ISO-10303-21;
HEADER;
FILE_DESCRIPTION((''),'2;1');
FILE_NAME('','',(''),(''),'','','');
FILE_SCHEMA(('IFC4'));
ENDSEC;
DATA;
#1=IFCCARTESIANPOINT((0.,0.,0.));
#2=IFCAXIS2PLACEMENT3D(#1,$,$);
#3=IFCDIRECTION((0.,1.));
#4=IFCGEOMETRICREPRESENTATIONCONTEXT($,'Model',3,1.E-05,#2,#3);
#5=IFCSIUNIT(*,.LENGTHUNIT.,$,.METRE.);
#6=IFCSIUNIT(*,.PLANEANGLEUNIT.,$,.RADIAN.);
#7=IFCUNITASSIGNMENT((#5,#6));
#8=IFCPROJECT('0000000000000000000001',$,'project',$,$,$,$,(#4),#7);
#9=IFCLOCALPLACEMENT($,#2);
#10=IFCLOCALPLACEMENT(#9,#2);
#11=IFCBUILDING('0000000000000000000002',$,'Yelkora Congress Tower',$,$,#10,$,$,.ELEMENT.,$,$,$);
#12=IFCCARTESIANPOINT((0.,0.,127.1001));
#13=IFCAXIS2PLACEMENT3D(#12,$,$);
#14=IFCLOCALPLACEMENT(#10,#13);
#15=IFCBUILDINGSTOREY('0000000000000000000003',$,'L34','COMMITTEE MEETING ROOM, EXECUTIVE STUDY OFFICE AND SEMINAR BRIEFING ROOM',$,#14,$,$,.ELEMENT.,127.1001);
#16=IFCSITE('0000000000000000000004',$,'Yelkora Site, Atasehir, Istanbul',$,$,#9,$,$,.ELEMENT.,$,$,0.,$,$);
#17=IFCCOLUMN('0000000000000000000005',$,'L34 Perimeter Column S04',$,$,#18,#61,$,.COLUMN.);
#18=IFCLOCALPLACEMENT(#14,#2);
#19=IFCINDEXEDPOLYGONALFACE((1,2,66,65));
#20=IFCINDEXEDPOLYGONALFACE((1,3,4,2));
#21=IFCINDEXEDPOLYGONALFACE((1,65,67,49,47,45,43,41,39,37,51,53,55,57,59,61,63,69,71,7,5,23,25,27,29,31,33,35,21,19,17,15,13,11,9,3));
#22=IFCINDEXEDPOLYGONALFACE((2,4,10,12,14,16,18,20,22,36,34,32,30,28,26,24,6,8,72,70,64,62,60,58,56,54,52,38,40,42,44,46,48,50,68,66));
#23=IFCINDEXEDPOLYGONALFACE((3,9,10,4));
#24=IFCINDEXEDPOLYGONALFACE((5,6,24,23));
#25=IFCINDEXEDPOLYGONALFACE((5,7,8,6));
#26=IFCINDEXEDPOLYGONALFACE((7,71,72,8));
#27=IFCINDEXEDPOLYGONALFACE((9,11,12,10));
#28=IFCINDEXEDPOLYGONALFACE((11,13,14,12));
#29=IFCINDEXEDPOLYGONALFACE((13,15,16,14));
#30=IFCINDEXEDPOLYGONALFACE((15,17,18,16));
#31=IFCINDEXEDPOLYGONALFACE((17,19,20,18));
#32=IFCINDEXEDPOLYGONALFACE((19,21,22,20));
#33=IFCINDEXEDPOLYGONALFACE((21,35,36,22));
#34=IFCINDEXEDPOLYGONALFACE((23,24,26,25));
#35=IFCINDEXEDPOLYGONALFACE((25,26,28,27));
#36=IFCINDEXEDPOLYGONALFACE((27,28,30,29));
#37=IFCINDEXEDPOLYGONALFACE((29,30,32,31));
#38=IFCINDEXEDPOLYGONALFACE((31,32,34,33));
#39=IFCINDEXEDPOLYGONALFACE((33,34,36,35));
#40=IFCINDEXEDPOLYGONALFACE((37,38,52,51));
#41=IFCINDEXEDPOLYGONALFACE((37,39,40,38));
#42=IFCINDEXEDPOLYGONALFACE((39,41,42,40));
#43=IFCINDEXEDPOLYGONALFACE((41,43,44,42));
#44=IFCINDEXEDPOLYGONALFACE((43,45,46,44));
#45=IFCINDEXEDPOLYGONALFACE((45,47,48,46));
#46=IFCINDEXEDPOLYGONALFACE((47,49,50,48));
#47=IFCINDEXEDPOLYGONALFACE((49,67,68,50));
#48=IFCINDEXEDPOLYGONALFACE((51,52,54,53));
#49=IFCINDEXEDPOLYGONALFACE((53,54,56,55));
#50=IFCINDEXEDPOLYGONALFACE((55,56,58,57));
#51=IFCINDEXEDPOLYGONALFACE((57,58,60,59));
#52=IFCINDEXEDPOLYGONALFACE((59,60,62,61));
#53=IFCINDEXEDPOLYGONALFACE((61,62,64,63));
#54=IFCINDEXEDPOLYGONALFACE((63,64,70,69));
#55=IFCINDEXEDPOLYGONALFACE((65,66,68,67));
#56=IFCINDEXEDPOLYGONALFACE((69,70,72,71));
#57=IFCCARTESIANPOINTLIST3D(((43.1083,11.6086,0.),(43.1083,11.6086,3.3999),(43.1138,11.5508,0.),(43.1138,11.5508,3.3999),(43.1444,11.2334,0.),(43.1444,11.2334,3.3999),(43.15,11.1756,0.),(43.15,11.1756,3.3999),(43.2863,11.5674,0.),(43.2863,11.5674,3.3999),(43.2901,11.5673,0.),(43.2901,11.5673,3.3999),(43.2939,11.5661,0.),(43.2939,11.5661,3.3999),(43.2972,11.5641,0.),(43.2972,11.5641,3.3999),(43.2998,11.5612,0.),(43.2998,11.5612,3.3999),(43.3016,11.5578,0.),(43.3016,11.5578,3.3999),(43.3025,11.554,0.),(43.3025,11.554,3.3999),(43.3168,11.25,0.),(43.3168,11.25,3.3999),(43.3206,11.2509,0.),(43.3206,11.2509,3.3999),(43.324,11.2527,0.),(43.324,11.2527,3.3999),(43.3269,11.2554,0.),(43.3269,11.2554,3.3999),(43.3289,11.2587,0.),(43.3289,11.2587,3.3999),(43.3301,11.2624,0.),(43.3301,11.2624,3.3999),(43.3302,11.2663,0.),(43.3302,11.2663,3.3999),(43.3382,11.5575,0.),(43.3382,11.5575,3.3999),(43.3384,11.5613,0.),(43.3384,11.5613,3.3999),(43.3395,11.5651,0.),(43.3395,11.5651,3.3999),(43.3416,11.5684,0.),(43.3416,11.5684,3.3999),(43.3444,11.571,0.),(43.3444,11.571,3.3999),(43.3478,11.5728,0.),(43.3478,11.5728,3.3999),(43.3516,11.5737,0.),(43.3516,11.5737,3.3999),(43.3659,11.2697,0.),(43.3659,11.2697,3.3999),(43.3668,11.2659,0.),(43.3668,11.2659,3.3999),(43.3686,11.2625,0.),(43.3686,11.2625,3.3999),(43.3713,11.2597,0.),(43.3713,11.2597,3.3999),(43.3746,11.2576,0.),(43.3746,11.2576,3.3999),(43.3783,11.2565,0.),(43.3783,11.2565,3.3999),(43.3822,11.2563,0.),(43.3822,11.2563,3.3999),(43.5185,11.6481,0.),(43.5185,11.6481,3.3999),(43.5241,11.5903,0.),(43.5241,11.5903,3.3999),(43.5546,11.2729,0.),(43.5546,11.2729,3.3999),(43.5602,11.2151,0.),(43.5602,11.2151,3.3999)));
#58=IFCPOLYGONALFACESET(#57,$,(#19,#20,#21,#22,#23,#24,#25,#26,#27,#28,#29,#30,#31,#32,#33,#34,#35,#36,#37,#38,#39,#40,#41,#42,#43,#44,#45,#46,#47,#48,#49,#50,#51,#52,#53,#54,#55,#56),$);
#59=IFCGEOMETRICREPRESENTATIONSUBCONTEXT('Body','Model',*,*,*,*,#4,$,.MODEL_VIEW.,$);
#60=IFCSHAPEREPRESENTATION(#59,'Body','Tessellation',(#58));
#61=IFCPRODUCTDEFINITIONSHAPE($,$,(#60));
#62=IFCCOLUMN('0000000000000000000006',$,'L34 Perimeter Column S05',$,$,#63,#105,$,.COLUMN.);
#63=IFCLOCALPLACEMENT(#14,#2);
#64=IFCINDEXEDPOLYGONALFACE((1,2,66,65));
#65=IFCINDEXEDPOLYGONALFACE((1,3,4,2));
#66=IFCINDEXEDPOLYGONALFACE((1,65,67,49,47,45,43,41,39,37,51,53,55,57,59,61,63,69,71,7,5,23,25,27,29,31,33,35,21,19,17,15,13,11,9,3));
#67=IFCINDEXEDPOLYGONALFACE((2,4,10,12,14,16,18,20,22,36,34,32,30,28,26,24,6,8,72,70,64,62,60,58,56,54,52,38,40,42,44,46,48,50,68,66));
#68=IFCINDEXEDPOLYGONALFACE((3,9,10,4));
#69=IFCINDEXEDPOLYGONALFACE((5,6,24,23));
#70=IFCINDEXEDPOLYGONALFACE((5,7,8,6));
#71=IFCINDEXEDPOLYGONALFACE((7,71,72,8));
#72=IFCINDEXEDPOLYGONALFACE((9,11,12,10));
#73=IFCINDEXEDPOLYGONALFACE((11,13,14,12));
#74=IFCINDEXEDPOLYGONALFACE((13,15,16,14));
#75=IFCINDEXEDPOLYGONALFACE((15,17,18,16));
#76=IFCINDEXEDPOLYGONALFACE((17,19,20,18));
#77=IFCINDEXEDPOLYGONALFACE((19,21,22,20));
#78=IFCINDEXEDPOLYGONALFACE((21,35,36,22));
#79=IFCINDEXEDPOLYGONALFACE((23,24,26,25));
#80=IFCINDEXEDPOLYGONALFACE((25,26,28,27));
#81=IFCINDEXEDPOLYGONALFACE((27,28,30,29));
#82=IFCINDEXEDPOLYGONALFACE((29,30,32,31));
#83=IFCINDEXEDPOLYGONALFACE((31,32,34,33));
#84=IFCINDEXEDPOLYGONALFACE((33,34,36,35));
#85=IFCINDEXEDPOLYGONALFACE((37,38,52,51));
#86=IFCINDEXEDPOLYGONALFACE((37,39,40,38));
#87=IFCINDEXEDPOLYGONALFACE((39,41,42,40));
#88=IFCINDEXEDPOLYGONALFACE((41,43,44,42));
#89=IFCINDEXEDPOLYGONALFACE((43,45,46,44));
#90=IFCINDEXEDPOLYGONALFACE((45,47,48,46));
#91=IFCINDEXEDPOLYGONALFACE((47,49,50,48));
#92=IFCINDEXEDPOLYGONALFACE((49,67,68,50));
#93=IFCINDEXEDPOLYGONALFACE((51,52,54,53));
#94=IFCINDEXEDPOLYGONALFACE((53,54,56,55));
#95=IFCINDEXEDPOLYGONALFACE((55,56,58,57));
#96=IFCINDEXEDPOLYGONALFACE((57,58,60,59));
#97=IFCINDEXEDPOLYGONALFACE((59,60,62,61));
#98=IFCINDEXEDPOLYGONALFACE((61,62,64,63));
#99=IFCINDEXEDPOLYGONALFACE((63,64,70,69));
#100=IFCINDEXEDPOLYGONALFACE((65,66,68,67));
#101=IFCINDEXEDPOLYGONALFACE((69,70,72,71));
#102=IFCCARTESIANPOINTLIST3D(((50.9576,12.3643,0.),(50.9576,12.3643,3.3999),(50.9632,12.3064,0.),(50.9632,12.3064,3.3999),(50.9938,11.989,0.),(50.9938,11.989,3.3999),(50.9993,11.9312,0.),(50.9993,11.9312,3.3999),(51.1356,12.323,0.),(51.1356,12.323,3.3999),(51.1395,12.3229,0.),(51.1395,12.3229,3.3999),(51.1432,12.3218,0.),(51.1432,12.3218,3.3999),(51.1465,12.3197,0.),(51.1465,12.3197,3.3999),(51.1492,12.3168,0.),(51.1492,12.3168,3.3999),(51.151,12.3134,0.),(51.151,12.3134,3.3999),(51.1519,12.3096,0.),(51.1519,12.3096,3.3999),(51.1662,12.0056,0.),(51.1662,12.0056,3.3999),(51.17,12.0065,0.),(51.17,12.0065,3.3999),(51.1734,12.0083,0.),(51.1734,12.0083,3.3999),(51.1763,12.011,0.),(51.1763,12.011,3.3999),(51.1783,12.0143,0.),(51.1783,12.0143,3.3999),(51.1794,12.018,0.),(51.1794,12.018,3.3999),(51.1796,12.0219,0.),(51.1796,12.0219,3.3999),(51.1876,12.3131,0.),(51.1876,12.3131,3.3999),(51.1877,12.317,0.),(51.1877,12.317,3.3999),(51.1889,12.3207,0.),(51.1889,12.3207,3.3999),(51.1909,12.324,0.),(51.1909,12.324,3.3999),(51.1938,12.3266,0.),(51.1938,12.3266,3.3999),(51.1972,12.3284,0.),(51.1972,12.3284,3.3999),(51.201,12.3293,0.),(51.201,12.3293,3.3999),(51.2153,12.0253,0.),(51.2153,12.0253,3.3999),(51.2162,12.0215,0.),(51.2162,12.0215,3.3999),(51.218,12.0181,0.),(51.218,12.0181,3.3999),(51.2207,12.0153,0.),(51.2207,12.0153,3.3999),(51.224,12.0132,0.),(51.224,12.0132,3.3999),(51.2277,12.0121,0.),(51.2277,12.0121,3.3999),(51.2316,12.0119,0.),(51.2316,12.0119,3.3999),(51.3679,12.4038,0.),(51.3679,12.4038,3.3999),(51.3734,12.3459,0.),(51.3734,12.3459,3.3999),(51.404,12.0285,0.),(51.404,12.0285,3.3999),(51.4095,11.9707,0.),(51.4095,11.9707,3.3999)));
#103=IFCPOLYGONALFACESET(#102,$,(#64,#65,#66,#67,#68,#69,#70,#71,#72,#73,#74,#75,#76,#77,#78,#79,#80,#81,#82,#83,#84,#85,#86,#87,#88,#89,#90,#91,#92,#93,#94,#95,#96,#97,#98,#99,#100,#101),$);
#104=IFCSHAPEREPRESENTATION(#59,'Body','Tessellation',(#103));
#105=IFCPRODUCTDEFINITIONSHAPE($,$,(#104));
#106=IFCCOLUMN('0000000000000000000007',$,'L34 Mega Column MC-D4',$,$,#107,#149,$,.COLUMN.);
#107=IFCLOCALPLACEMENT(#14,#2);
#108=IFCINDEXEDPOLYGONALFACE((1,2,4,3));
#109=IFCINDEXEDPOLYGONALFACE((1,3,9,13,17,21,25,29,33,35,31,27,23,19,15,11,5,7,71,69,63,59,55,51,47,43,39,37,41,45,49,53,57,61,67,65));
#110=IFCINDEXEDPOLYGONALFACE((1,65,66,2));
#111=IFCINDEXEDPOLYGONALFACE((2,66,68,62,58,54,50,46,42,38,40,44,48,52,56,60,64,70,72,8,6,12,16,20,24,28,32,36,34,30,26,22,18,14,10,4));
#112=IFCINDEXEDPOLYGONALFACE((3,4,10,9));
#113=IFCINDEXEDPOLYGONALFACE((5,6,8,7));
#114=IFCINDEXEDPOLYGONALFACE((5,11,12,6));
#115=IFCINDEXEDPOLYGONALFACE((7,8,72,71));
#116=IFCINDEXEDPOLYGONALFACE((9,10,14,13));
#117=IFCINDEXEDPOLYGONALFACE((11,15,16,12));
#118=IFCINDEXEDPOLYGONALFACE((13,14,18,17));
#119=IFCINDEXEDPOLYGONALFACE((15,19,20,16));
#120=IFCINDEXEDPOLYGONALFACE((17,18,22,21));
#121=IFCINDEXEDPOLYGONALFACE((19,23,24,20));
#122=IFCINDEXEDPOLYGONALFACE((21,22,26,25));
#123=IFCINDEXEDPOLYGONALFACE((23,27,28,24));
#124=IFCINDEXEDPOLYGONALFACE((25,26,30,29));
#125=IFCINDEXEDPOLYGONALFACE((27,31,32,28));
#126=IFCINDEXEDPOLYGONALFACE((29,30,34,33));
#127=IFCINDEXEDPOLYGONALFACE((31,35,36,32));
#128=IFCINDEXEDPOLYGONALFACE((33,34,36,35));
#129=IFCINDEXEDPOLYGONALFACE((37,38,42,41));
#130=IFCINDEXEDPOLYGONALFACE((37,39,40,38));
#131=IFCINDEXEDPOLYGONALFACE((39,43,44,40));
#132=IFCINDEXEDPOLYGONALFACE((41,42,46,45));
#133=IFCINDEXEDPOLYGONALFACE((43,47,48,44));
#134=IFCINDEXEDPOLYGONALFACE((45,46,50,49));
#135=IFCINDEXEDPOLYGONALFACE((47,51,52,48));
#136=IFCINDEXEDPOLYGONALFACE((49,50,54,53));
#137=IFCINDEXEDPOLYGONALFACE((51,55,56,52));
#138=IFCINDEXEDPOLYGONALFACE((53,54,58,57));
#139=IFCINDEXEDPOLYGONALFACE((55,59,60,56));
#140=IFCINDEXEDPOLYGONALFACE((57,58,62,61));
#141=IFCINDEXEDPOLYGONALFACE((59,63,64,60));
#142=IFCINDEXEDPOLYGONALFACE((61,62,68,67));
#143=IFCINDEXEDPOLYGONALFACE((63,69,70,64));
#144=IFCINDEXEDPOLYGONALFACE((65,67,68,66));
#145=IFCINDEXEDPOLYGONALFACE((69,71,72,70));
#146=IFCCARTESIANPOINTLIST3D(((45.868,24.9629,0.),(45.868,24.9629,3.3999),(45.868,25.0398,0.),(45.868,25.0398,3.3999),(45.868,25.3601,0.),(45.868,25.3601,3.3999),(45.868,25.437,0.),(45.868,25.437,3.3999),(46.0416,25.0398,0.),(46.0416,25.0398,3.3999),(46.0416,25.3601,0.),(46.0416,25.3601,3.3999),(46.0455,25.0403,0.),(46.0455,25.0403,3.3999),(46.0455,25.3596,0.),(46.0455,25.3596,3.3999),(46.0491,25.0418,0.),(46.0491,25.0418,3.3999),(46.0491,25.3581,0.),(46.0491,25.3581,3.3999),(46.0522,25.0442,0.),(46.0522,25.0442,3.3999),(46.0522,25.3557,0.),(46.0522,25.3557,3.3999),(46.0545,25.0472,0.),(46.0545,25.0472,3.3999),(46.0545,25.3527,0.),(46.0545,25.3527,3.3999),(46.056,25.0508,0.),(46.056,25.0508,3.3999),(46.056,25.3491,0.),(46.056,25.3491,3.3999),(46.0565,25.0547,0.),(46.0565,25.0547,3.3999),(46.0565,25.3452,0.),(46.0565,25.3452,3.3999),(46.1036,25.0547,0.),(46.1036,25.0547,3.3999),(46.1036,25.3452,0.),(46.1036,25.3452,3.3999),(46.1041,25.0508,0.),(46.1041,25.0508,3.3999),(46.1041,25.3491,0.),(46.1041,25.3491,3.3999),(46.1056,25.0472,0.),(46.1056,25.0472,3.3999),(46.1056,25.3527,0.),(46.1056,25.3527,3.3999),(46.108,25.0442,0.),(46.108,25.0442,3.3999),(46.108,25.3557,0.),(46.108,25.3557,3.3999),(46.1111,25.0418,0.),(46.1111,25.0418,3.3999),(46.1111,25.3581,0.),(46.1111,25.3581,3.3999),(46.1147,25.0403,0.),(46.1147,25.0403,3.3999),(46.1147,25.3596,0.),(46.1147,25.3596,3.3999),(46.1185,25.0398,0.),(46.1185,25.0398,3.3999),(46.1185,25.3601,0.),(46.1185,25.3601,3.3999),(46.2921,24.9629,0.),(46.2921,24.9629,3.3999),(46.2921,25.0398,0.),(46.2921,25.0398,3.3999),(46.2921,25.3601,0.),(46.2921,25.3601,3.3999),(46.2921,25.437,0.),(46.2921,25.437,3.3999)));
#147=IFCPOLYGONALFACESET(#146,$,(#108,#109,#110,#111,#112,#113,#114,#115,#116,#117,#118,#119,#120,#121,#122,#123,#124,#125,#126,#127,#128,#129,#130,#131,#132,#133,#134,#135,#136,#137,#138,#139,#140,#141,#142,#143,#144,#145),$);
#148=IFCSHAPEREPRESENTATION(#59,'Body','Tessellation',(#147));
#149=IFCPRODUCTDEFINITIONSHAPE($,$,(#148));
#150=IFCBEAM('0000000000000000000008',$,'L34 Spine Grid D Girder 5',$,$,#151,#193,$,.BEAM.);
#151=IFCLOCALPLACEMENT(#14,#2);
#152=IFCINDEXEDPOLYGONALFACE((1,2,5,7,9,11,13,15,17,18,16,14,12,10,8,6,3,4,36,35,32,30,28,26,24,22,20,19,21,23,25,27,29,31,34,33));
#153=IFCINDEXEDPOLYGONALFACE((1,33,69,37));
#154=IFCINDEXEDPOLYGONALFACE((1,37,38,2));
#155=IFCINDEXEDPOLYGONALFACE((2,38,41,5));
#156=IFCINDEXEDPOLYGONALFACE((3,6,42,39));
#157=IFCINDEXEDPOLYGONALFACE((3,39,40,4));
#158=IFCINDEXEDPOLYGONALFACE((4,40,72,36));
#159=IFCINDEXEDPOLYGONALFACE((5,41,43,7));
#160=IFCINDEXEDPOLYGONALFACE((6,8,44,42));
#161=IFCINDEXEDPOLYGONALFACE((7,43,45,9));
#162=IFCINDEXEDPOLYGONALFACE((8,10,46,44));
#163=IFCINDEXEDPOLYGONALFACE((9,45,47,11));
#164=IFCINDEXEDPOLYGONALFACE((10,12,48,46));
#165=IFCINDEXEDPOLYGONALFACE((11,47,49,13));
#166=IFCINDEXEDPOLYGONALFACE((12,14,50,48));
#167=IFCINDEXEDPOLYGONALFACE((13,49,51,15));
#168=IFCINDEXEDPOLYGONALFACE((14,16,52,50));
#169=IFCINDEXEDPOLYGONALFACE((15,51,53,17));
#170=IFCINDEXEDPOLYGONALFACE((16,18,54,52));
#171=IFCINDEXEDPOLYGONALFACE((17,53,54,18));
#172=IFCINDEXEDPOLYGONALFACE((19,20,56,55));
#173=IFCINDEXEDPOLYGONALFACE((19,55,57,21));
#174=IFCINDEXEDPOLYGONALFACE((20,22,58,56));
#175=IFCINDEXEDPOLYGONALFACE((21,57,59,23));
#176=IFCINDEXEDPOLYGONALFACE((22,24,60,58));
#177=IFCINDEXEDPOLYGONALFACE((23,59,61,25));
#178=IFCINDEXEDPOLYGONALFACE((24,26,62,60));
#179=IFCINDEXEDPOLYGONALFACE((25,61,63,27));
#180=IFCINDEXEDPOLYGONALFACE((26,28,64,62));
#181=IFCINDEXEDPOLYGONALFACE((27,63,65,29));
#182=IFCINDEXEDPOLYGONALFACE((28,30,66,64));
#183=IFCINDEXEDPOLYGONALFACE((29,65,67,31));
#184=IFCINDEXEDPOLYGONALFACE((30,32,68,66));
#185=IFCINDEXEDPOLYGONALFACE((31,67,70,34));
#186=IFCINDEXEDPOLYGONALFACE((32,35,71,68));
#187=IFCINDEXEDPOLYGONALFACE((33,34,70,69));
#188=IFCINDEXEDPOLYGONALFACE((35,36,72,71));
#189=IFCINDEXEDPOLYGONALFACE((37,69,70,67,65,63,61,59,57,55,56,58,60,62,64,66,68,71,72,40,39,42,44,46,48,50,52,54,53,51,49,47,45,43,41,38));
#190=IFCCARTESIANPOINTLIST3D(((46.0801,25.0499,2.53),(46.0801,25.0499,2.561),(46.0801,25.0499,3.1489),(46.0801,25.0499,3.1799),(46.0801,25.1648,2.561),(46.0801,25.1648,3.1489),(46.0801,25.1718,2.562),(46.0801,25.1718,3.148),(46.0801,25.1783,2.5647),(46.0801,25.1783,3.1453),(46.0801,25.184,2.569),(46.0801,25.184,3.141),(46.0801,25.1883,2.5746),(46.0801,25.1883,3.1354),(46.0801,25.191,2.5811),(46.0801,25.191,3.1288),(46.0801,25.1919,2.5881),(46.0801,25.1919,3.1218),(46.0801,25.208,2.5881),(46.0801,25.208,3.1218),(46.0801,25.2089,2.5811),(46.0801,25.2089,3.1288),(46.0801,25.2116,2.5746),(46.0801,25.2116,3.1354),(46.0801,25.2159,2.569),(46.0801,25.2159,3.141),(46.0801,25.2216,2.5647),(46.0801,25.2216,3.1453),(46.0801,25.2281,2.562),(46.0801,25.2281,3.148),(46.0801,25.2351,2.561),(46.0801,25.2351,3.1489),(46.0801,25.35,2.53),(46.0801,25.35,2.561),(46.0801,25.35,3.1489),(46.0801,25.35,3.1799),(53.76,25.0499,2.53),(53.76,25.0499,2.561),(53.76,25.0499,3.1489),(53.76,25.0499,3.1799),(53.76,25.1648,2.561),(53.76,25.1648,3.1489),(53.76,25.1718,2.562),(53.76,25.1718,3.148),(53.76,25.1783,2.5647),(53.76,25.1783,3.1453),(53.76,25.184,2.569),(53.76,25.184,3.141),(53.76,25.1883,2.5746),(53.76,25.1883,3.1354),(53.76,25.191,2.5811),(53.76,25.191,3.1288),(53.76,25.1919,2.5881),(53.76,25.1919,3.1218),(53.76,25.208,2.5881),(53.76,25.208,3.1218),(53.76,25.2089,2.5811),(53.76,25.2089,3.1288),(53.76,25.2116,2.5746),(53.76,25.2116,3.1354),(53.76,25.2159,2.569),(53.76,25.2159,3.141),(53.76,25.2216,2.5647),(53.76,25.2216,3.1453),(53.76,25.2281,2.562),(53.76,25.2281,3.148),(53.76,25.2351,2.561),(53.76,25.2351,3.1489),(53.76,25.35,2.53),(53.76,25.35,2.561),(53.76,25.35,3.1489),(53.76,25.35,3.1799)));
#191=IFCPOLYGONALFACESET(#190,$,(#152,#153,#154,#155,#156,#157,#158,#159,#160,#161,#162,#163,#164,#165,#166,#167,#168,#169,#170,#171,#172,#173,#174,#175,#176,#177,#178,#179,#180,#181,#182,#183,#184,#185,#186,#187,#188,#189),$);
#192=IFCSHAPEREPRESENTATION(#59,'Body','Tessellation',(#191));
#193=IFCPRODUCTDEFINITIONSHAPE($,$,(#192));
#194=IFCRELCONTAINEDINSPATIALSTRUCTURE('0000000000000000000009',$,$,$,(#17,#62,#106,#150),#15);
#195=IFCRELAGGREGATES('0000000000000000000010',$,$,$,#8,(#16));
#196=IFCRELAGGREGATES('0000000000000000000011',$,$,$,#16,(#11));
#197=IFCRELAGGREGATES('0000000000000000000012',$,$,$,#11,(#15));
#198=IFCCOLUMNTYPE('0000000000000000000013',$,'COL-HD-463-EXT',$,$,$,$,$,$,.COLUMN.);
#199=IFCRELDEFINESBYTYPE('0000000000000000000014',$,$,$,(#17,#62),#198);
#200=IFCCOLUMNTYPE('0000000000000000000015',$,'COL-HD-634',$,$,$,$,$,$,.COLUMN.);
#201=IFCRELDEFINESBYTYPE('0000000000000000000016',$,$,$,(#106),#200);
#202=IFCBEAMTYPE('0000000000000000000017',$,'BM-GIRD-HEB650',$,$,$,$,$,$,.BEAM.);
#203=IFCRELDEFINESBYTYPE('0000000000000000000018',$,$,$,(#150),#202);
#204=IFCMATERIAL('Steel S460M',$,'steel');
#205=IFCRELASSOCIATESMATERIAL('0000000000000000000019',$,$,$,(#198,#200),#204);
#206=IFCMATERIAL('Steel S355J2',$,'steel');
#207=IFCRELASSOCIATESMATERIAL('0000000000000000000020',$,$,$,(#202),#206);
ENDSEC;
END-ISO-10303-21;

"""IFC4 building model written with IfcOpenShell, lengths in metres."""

from ifc_helpers import new_model, si_unit, direction, frame, origin, origin_2d, place, context, subcontext, project, spatial, i_section, extrude, material, material_profile, profile_set, type_object, element, save


model = new_model("IFC4")

# Units and contexts
model_context = context("Model", 3, precision=1e-05, world=origin(), true_north=direction((0.0, 1.0)))
body_context = subcontext(model_context, "Body", "Model", "MODEL_VIEW")
ifc_project = project(units=[si_unit("LENGTHUNIT", "METRE"), si_unit("PLANEANGLEUNIT", "RADIAN")], contexts=[model_context])

# Site, building, storey
site_placement = place(None, origin())
site = spatial("IfcSite", under=ifc_project, at=site_placement, Name="Yelkora Site, Atasehir, Istanbul", CompositionType="ELEMENT", RefElevation=0.0)
building_placement = place(site_placement, origin())
building = spatial("IfcBuilding", under=site, at=building_placement, Name="Yelkora Congress Tower", CompositionType="ELEMENT")
storey_placement = place(building_placement, frame((0.0, 0.0, 127.1001)))
storey = spatial("IfcBuildingStorey", under=building, at=storey_placement, Name="L34", Description="COMMITTEE MEETING ROOM, EXECUTIVE STUDY OFFICE AND SEMINAR BRIEFING ROOM", CompositionType="ELEMENT", Elevation=127.1001)

# Columns
ifc_material_1 = material(Name="Steel S460M", Category="steel")
ifc_material_profile_1 = material_profile(ifc_material_1, i_section(OverallWidth=0.4121, OverallDepth=0.4351, WebThickness=0.0359, FlangeThickness=0.0581, FilletRadius=0.0149, at=origin_2d()), Name="HD 400x463")
ifc_profile_set_1 = profile_set([ifc_material_profile_1], Name="Steel S460M")
column_type_1 = type_object("IfcColumnType", Name="COL-HD-463-EXT", PredefinedType="COLUMN", material=ifc_profile_set_1)
for number, where, z_axis, x_axis, name in (
    (1, (43.3342, 11.4119, 0.0), (0.0, 0.0, 1.0), (0.995396, 0.095846, 0.0), "L34 Perimeter Column S04"),
    (2, (51.1836, 12.1675, 0.0), (0.0, 0.0, 1.0), (0.995396, 0.095846, 0.0), "L34 Perimeter Column S05"),
):
    element("IfcColumn", number, at=place(storey_placement, frame(where, z_axis=z_axis, x_axis=x_axis)), inside=storey, type_object=column_type_1, Name=name, PredefinedType="COLUMN", context=body_context, shape_type="SweptSolid", body=[
        extrude(i_section(OverallWidth=0.4121, OverallDepth=0.4351, WebThickness=0.0359, FlangeThickness=0.0581, FilletRadius=0.0149, at=origin_2d()), origin(), (0.0, 0.0, 1.0), 3.3999),
    ])
ifc_material_profile_2 = material_profile(ifc_material_1, i_section(OverallWidth=0.4241, OverallDepth=0.4741, WebThickness=0.0471, FlangeThickness=0.0769, FilletRadius=0.0149, at=origin_2d()), Name="HD 400x634")
ifc_profile_set_2 = profile_set([ifc_material_profile_2], Name="Steel S460M")
column_type_2 = type_object("IfcColumnType", Name="COL-HD-634", PredefinedType="COLUMN", material=ifc_profile_set_2)
column_placement = place(storey_placement, frame((46.0801, 25.2, 0.0), z_axis=(0.0, 0.0, 1.0), x_axis=(1.0, 0.0, 0.0)))
element("IfcColumn", 3, at=column_placement, inside=storey, type_object=column_type_2, Name="L34 Mega Column MC-D4", PredefinedType="COLUMN", context=body_context, shape_type="SweptSolid", body=[
    extrude(i_section(OverallWidth=0.4241, OverallDepth=0.4741, WebThickness=0.0471, FlangeThickness=0.0769, FilletRadius=0.0149, at=origin_2d()), origin(), (0.0, 0.0, 1.0), 3.3999),
])

# Beam
ifc_material_2 = material(Name="Steel S355J2", Category="steel")
ifc_material_profile_3 = material_profile(ifc_material_2, i_section(OverallWidth=0.3, OverallDepth=0.6499, WebThickness=0.0161, FlangeThickness=0.031, FilletRadius=0.0271, at=origin_2d()), Name="HEB 650")
ifc_profile_set_3 = profile_set([ifc_material_profile_3], Name="Steel S355J2")
beam_type_1 = type_object("IfcBeamType", Name="BM-GIRD-HEB650", PredefinedType="BEAM", material=ifc_profile_set_3)
beam_1_placement = place(storey_placement, frame((46.0801, 25.2, 2.855), z_axis=(1.0, 0.0, 0.0), x_axis=(0.0, 1.0, 0.0)))
element("IfcBeam", 4, at=beam_1_placement, inside=storey, type_object=beam_type_1, Name="L34 Spine Grid D Girder 5", PredefinedType="BEAM", context=body_context, shape_type="SweptSolid", body=[
    extrude(i_section(OverallWidth=0.3, OverallDepth=0.6499, WebThickness=0.0161, FlangeThickness=0.031, FilletRadius=0.0271, at=origin_2d()), origin(), (0.0, 0.0, 1.0), 7.6799),
])

save(model, "model.ifc")
